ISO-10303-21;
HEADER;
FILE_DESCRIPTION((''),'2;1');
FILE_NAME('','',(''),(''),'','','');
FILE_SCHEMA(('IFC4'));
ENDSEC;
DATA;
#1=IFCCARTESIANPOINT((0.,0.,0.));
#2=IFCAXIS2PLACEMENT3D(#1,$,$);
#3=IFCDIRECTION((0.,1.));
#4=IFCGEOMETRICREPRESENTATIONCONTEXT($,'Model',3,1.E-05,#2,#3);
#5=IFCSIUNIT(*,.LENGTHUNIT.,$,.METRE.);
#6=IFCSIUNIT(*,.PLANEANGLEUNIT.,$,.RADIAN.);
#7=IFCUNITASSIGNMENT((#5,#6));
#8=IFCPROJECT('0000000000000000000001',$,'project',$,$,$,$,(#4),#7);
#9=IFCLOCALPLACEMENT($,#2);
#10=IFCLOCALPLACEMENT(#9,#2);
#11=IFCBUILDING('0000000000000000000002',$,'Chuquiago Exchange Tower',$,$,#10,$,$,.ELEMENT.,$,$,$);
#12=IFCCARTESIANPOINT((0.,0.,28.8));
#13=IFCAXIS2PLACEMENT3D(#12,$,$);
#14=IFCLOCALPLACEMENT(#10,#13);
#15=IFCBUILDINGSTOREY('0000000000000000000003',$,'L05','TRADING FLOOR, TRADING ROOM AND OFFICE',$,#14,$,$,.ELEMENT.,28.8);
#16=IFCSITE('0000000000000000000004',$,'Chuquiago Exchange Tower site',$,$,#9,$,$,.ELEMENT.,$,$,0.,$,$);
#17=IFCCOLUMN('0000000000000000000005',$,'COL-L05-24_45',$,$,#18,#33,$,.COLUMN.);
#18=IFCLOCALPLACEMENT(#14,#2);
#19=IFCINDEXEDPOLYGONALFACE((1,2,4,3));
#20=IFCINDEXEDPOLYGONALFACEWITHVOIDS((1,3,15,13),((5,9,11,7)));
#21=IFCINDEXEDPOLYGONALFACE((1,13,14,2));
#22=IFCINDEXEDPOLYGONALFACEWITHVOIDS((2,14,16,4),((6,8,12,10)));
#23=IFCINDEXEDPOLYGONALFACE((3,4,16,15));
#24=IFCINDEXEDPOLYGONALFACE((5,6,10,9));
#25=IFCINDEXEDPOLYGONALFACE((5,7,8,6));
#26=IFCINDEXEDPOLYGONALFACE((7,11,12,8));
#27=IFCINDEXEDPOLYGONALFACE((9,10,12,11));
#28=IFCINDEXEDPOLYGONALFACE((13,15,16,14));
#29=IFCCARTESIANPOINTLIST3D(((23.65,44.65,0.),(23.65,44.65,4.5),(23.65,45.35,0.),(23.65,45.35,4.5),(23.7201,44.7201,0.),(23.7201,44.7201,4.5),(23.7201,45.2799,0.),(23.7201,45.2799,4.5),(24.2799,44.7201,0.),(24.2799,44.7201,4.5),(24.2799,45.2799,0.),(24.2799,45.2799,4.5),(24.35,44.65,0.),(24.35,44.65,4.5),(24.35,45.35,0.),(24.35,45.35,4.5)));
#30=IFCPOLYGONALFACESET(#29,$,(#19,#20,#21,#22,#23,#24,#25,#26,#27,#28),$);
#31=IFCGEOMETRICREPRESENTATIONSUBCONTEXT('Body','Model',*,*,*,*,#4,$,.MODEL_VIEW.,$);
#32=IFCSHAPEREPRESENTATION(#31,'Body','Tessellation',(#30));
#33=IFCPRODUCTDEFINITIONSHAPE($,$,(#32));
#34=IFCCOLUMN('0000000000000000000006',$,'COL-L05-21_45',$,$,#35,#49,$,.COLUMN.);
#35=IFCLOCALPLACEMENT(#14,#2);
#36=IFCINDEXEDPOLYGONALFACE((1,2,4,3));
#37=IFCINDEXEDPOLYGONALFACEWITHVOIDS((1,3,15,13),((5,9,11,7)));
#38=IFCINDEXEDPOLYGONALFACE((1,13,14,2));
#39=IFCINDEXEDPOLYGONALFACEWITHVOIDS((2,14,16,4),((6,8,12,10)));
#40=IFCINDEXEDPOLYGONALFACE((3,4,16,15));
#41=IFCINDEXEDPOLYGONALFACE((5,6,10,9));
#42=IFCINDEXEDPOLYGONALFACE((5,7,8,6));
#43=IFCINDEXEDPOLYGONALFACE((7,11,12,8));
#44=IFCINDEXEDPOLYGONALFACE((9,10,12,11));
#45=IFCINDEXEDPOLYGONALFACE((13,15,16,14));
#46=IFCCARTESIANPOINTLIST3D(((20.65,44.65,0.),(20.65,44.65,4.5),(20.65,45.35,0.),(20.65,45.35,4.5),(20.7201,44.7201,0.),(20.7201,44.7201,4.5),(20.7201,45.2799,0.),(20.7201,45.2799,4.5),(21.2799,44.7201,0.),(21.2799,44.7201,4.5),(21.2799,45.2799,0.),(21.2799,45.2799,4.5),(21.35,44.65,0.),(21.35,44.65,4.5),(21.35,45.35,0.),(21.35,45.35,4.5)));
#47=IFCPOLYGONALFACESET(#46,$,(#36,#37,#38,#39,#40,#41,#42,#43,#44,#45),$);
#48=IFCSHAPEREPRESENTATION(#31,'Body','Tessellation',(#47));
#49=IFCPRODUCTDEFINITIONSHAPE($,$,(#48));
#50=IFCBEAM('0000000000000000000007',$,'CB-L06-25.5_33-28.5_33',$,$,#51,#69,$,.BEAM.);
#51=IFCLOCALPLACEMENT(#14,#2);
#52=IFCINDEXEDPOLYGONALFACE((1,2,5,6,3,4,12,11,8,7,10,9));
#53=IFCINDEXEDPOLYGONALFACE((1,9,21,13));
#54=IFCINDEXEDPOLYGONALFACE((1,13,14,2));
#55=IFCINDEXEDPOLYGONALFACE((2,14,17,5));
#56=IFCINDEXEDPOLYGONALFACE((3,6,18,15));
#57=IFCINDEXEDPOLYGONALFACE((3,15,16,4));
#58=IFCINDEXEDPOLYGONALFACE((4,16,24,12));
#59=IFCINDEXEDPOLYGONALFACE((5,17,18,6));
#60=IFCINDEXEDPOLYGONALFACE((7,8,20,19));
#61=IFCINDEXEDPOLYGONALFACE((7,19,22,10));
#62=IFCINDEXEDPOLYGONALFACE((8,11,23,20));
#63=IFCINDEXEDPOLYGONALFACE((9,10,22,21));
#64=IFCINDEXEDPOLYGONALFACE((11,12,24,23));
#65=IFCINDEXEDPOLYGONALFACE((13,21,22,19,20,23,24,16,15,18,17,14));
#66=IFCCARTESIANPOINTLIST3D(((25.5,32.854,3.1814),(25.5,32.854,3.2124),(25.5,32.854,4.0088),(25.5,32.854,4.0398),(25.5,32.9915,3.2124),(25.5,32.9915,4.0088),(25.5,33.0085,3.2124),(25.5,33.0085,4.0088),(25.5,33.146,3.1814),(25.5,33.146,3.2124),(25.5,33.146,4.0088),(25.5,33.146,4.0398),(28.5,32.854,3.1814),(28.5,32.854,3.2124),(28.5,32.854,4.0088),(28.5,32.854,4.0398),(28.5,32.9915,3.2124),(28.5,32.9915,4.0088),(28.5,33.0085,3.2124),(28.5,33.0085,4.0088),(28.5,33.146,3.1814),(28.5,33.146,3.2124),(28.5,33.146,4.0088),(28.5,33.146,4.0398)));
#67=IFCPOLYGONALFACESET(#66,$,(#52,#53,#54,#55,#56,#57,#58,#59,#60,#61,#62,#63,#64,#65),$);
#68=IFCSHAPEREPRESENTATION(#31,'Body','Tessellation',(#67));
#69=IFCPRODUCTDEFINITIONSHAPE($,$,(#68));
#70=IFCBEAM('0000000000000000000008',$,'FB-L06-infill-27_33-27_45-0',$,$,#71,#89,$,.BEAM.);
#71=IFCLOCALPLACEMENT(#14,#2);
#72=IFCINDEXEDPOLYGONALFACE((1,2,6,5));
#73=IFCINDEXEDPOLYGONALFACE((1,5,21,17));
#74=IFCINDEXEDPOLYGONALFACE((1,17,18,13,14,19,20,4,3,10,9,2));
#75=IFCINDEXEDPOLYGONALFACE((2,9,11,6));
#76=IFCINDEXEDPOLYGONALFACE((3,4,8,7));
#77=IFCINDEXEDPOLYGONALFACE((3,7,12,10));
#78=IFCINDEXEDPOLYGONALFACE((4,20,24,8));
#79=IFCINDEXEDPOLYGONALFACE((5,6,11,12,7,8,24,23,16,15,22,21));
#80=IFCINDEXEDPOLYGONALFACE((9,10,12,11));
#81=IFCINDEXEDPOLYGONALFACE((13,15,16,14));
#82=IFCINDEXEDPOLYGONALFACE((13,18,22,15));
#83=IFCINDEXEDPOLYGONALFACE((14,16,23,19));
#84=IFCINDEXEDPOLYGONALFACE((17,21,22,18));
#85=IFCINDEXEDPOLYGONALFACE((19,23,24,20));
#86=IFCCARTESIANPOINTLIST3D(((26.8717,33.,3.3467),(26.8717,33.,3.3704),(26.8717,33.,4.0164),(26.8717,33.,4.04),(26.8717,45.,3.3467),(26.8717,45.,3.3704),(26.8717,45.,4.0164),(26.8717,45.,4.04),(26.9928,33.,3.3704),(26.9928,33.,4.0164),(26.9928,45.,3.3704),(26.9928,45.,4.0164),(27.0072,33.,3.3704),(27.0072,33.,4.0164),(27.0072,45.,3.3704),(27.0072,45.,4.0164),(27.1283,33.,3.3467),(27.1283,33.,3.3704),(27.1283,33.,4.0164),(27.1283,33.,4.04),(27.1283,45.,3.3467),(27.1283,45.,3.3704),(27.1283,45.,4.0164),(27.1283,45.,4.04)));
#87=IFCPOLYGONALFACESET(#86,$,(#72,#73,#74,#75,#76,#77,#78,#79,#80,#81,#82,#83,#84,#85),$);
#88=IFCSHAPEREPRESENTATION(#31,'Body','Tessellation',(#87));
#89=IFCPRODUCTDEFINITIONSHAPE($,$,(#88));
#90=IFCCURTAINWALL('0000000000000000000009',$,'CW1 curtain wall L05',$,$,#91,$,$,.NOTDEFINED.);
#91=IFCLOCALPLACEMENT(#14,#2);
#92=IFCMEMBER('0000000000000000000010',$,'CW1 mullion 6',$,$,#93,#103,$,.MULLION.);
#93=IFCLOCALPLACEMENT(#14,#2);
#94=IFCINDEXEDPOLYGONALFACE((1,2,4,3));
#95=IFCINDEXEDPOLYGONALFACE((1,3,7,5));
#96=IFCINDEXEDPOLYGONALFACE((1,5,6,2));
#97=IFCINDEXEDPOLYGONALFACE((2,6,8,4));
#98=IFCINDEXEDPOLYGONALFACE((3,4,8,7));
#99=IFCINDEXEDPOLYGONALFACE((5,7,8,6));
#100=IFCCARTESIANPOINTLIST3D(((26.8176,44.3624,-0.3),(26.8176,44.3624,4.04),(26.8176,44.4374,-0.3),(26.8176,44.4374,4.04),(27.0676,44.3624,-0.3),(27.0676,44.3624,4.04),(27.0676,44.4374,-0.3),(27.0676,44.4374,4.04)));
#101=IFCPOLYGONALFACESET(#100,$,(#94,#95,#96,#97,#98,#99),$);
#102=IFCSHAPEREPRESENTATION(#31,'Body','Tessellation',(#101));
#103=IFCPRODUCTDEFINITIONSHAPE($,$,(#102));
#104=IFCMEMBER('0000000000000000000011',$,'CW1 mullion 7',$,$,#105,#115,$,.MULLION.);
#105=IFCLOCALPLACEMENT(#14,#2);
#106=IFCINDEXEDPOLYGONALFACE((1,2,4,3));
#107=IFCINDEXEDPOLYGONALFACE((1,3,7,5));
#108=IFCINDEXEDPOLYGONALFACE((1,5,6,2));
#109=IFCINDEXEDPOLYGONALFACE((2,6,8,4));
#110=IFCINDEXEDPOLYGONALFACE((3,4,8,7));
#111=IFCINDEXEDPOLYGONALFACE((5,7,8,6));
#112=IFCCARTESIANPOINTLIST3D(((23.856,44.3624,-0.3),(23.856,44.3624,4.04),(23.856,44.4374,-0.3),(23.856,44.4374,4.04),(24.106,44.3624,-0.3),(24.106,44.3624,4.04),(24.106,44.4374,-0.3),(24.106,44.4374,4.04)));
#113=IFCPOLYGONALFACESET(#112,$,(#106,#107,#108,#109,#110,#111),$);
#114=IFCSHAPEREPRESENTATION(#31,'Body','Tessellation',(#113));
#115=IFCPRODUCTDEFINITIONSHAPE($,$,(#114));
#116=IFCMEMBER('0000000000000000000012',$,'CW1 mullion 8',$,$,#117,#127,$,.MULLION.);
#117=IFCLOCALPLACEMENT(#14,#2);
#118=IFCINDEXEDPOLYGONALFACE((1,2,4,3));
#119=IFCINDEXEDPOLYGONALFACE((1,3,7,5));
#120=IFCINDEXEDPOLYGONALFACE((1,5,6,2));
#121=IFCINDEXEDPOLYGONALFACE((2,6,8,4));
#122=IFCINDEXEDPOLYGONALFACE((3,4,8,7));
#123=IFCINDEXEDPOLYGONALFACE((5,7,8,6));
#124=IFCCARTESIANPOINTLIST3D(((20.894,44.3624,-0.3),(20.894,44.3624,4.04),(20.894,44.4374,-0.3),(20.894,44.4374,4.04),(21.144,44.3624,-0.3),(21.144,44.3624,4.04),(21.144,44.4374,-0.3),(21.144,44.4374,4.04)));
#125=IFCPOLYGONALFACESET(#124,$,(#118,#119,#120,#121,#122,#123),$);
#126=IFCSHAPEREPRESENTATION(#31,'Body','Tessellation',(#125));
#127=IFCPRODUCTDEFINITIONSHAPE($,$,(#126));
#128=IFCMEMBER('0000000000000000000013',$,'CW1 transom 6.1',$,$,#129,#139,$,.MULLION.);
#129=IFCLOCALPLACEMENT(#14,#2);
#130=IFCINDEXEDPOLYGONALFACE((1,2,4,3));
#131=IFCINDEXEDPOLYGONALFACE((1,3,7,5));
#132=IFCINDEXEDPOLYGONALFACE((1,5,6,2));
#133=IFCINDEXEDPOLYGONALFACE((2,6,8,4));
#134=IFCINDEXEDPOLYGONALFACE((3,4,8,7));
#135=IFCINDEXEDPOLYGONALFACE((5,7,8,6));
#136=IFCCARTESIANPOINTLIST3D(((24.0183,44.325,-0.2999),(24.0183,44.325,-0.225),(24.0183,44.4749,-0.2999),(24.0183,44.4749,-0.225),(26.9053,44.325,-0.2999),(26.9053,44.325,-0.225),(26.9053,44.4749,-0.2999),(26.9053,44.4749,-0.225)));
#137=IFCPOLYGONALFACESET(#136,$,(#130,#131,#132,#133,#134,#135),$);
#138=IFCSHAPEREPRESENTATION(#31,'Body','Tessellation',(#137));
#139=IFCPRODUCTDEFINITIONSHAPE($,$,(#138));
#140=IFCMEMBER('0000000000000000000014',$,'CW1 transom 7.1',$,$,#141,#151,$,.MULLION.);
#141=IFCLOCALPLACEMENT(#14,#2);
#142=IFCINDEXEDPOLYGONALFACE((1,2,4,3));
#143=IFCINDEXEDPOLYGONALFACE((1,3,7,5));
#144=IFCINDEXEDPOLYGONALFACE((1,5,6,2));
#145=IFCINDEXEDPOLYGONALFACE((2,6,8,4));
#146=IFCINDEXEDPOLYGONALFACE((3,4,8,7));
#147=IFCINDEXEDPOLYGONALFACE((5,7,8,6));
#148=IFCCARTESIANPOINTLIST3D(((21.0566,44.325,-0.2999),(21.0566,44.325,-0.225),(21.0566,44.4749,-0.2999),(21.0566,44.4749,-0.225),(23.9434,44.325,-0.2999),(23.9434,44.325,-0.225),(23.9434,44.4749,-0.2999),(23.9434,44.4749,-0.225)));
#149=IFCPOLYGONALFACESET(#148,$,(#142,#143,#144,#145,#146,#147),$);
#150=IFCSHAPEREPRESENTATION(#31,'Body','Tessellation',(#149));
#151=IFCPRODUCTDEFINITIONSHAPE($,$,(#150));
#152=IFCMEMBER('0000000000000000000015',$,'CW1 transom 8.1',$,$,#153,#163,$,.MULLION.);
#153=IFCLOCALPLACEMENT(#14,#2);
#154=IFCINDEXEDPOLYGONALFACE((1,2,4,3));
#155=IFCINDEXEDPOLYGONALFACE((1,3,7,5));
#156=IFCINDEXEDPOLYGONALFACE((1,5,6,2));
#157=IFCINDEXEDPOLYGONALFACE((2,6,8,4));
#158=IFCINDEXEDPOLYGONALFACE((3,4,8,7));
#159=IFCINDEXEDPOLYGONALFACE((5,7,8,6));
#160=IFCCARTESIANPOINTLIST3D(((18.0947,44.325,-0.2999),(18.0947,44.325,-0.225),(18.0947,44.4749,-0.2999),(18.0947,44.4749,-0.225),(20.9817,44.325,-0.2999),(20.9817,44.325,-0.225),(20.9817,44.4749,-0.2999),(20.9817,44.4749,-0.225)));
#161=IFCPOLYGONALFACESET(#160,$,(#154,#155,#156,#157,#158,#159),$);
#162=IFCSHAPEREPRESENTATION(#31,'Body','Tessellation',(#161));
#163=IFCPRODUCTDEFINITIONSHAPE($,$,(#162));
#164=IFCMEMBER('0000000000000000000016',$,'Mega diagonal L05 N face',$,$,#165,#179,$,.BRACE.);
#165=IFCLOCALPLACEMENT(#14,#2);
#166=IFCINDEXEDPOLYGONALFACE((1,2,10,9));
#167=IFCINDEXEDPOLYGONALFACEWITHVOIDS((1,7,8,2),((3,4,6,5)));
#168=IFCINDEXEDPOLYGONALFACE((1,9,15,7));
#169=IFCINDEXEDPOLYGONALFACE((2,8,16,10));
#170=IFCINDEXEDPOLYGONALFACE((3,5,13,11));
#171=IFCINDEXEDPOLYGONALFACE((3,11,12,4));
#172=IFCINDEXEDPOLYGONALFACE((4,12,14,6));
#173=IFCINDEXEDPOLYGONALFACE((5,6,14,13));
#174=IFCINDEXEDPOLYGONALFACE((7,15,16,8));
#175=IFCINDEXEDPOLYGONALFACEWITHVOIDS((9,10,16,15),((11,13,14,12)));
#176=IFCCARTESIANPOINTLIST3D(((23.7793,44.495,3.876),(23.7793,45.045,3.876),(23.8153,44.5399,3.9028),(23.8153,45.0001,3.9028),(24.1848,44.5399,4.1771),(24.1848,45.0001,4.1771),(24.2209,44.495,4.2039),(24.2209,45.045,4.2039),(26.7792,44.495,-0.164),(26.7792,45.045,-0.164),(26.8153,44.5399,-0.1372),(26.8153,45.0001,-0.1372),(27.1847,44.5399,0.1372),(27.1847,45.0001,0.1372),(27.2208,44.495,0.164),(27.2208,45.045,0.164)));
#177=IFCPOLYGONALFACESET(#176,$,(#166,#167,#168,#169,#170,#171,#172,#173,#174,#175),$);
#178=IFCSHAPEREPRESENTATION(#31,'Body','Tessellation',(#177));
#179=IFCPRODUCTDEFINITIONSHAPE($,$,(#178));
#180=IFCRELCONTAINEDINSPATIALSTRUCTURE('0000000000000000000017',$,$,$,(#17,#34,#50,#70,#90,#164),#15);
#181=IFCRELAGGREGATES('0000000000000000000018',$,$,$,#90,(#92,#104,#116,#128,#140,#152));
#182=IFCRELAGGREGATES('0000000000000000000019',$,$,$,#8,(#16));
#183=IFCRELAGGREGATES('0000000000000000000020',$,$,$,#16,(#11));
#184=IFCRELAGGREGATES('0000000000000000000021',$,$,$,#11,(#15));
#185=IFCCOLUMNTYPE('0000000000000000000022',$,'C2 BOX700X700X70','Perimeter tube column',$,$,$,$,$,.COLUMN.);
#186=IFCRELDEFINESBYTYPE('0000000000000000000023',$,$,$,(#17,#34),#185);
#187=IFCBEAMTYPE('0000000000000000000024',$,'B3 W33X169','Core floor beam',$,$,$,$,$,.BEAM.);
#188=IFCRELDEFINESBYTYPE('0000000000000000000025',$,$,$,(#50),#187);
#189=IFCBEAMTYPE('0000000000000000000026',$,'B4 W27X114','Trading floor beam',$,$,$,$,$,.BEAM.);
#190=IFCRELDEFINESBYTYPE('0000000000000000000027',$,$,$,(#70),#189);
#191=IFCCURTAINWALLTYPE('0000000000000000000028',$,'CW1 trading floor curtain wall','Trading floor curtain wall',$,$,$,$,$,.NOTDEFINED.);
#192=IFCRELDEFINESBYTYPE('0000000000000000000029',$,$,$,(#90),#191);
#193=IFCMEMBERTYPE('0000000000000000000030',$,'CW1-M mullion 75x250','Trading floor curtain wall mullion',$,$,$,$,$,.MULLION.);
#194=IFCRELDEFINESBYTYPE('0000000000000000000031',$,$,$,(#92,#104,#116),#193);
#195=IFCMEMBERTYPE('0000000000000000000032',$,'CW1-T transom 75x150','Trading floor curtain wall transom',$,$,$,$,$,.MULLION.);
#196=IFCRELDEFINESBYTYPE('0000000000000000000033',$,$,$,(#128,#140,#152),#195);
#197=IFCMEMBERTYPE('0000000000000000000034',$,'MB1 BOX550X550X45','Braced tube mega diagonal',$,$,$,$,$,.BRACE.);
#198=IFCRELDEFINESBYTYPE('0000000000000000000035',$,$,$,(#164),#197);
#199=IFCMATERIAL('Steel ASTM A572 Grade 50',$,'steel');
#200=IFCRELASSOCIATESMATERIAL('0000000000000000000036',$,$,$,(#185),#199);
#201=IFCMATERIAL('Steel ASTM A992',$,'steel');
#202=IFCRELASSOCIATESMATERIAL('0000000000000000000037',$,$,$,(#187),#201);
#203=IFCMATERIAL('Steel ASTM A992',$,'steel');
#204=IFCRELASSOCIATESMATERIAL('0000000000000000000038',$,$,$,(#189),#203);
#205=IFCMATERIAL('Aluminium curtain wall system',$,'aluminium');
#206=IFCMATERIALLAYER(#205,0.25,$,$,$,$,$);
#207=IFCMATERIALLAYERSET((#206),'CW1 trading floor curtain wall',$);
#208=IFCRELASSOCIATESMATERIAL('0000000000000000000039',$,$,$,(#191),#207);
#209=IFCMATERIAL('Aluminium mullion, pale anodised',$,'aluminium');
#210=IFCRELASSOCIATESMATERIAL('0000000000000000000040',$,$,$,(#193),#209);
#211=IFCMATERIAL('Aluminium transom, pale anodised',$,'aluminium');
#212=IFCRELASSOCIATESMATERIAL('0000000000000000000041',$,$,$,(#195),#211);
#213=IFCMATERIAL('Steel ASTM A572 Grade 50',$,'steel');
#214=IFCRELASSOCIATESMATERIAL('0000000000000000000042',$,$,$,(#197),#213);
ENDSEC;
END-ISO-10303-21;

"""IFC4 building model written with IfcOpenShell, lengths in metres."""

from ifc_helpers import new_model, si_unit, direction, frame, origin, origin_2d, place, context, subcontext, project, spatial, rectangle, hollow_rectangle, i_section, extrude, material, layer, layer_set, material_profile, profile_set, type_object, element, aggregate, save


model = new_model("IFC4")

# Units and contexts
model_context = context("Model", 3, precision=1e-05, world=origin(), true_north=direction((0.0, 1.0)))
body_context = subcontext(model_context, "Body", "Model", "MODEL_VIEW")
ifc_project = project(units=[si_unit("LENGTHUNIT", "METRE"), si_unit("PLANEANGLEUNIT", "RADIAN")], contexts=[model_context])

# Site, building, storey
site_placement = place(None, origin())
site = spatial("IfcSite", under=ifc_project, at=site_placement, Name="Chuquiago Exchange Tower site", CompositionType="ELEMENT", RefElevation=0.0)
building_placement = place(site_placement, origin())
building = spatial("IfcBuilding", under=site, at=building_placement, Name="Chuquiago Exchange Tower", CompositionType="ELEMENT")
storey_placement = place(building_placement, frame((0.0, 0.0, 28.8)))
storey = spatial("IfcBuildingStorey", under=building, at=storey_placement, Name="L05", Description="TRADING FLOOR, TRADING ROOM AND OFFICE", CompositionType="ELEMENT", Elevation=28.8)

# Columns
ifc_material_1 = material(Name="Steel ASTM A572 Grade 50", Category="steel")
ifc_material_profile_1 = material_profile(ifc_material_1, hollow_rectangle(XDim=0.7, YDim=0.7, WallThickness=0.0701, at=origin_2d()), Name="BOX700X700X70")
ifc_profile_set_1 = profile_set([ifc_material_profile_1], Name="Steel ASTM A572 Grade 50")
column_type = type_object("IfcColumnType", Name="C2 BOX700X700X70", Description="Perimeter tube column", PredefinedType="COLUMN", material=ifc_profile_set_1)
for number, where, z_axis, x_axis, name in (
    (1, (24.0, 45.0, 0.0), (0.0, 0.0, 1.0), (0.0, 1.0, 0.0), "COL-L05-24_45"),
    (2, (21.0, 45.0, 0.0), (0.0, 0.0, 1.0), (0.0, 1.0, 0.0), "COL-L05-21_45"),
):
    element("IfcColumn", number, at=place(storey_placement, frame(where, z_axis=z_axis, x_axis=x_axis)), inside=storey, type_object=column_type, Name=name, PredefinedType="COLUMN", context=body_context, shape_type="SweptSolid", body=[
        extrude(hollow_rectangle(XDim=0.7, YDim=0.7, WallThickness=0.0701, at=origin_2d()), origin(), (0.0, 0.0, 1.0), 4.5),
    ])

# Beams
ifc_material_2 = material(Name="Steel ASTM A992", Category="steel")
ifc_material_profile_2 = material_profile(ifc_material_2, i_section(OverallWidth=0.292, OverallDepth=0.8584, WebThickness=0.0171, FlangeThickness=0.031, at=origin_2d()), Name="W33X169")
ifc_profile_set_2 = profile_set([ifc_material_profile_2], Name="Steel ASTM A992")
beam_type_1 = type_object("IfcBeamType", Name="B3 W33X169", Description="Core floor beam", PredefinedType="BEAM", material=ifc_profile_set_2)
beam_1_placement = place(storey_placement, frame((25.5, 33.0, 3.6106), z_axis=(1.0, 0.0, 0.0), x_axis=(0.0, 1.0, 0.0)))
element("IfcBeam", 3, at=beam_1_placement, inside=storey, type_object=beam_type_1, Name="CB-L06-25.5_33-28.5_33", PredefinedType="BEAM", context=body_context, shape_type="SweptSolid", body=[
    extrude(i_section(OverallWidth=0.292, OverallDepth=0.8584, WebThickness=0.0171, FlangeThickness=0.031, at=origin_2d()), origin(), (0.0, 0.0, 1.0), 3.0),
])
ifc_material_3 = material(Name="Steel ASTM A992", Category="steel")
ifc_material_profile_3 = material_profile(ifc_material_3, i_section(OverallWidth=0.2566, OverallDepth=0.6934, WebThickness=0.0144, FlangeThickness=0.0237, at=origin_2d()), Name="W27X114")
ifc_profile_set_3 = profile_set([ifc_material_profile_3], Name="Steel ASTM A992")
beam_type_2 = type_object("IfcBeamType", Name="B4 W27X114", Description="Trading floor beam", PredefinedType="BEAM", material=ifc_profile_set_3)
beam_2_placement = place(storey_placement, frame((27.0, 33.0, 3.6934), z_axis=(0.0, 1.0, 0.0), x_axis=(-1.0, 0.0, 0.0)))
element("IfcBeam", 4, at=beam_2_placement, inside=storey, type_object=beam_type_2, Name="FB-L06-infill-27_33-27_45-0", PredefinedType="BEAM", context=body_context, shape_type="SweptSolid", body=[
    extrude(i_section(OverallWidth=0.2566, OverallDepth=0.6934, WebThickness=0.0144, FlangeThickness=0.0237, at=origin_2d()), origin(), (0.0, 0.0, 1.0), 12.0),
])

# Curtain wall, members
ifc_material_4 = material(Name="Aluminium curtain wall system", Category="aluminium")
ifc_layer_1 = layer(ifc_material_4, 0.25)
ifc_layer_set_1 = layer_set([ifc_layer_1], Name="CW1 trading floor curtain wall")
curtain_wall_type = type_object("IfcCurtainWallType", Name="CW1 trading floor curtain wall", Description="Trading floor curtain wall", PredefinedType="NOTDEFINED", material=ifc_layer_set_1)
curtain_wall_placement = place(storey_placement, origin())
curtain_wall = element("IfcCurtainWall", 5, at=curtain_wall_placement, inside=storey, type_object=curtain_wall_type, Name="CW1 curtain wall L05", PredefinedType="NOTDEFINED")
ifc_material_5 = material(Name="Aluminium mullion, pale anodised", Category="aluminium")
ifc_material_profile_4 = material_profile(ifc_material_5, rectangle(XDim=0.075, YDim=0.25, at=origin_2d()), Name="AL 75x250")
ifc_profile_set_4 = profile_set([ifc_material_profile_4], Name="Aluminium mullion, pale anodised")
member_type_1 = type_object("IfcMemberType", Name="CW1-M mullion 75x250", Description="Trading floor curtain wall mullion", PredefinedType="MULLION", material=ifc_profile_set_4)
member_1_placement = place(storey_placement, frame((26.9426, 44.3999, -0.3), z_axis=(0.0, 0.0, 1.0), x_axis=(0.0, -1.0, 0.0)))
member_1 = element("IfcMember", 6, at=member_1_placement, type_object=member_type_1, Name="CW1 mullion 6", PredefinedType="MULLION", context=body_context, shape_type="SweptSolid", body=[
    extrude(rectangle(XDim=0.075, YDim=0.25, at=origin_2d()), origin(), (0.0, 0.0, 1.0), 4.3401),
])
member_2_placement = place(storey_placement, frame((23.981, 44.3999, -0.3), z_axis=(0.0, 0.0, 1.0), x_axis=(0.0, -1.0, 0.0)))
member_2 = element("IfcMember", 7, at=member_2_placement, type_object=member_type_1, Name="CW1 mullion 7", PredefinedType="MULLION", context=body_context, shape_type="SweptSolid", body=[
    extrude(rectangle(XDim=0.075, YDim=0.25, at=origin_2d()), origin(), (0.0, 0.0, 1.0), 4.3401),
])
member_3_placement = place(storey_placement, frame((21.019, 44.3999, -0.3), z_axis=(0.0, 0.0, 1.0), x_axis=(0.0, -1.0, 0.0)))
member_3 = element("IfcMember", 8, at=member_3_placement, type_object=member_type_1, Name="CW1 mullion 8", PredefinedType="MULLION", context=body_context, shape_type="SweptSolid", body=[
    extrude(rectangle(XDim=0.075, YDim=0.25, at=origin_2d()), origin(), (0.0, 0.0, 1.0), 4.3401),
])
ifc_material_6 = material(Name="Aluminium transom, pale anodised", Category="aluminium")
ifc_material_profile_5 = material_profile(ifc_material_6, rectangle(XDim=0.1499, YDim=0.075, at=origin_2d()), Name="AL 150x75")
ifc_profile_set_5 = profile_set([ifc_material_profile_5], Name="Aluminium transom, pale anodised")
member_type_2 = type_object("IfcMemberType", Name="CW1-T transom 75x150", Description="Trading floor curtain wall transom", PredefinedType="MULLION", material=ifc_profile_set_5)
member_4_placement = place(storey_placement, frame((26.9053, 44.3999, -0.2625), z_axis=(-1.0, 0.0, 0.0), x_axis=(0.0, -1.0, 0.0)))
member_4 = element("IfcMember", 9, at=member_4_placement, type_object=member_type_2, Name="CW1 transom 6.1", PredefinedType="MULLION", context=body_context, shape_type="SweptSolid", body=[
    extrude(rectangle(XDim=0.1499, YDim=0.075, at=origin_2d()), origin(), (0.0, 0.0, 1.0), 2.887),
])
member_5_placement = place(storey_placement, frame((23.9434, 44.3999, -0.2625), z_axis=(-1.0, 0.0, 0.0), x_axis=(0.0, -1.0, 0.0)))
member_5 = element("IfcMember", 10, at=member_5_placement, type_object=member_type_2, Name="CW1 transom 7.1", PredefinedType="MULLION", context=body_context, shape_type="SweptSolid", body=[
    extrude(rectangle(XDim=0.1499, YDim=0.075, at=origin_2d()), origin(), (0.0, 0.0, 1.0), 2.8867),
])
member_6_placement = place(storey_placement, frame((20.9817, 44.3999, -0.2625), z_axis=(-1.0, 0.0, 0.0), x_axis=(0.0, -1.0, 0.0)))
member_6 = element("IfcMember", 11, at=member_6_placement, type_object=member_type_2, Name="CW1 transom 8.1", PredefinedType="MULLION", context=body_context, shape_type="SweptSolid", body=[
    extrude(rectangle(XDim=0.1499, YDim=0.075, at=origin_2d()), origin(), (0.0, 0.0, 1.0), 2.887),
])

# Member
ifc_material_7 = material(Name="Steel ASTM A572 Grade 50", Category="steel")
ifc_material_profile_6 = material_profile(ifc_material_7, hollow_rectangle(XDim=0.55, YDim=0.55, WallThickness=0.0449, at=origin_2d()), Name="BOX550X550X45")
ifc_profile_set_6 = profile_set([ifc_material_profile_6], Name="Steel ASTM A572 Grade 50")
member_type_3 = type_object("IfcMemberType", Name="MB1 BOX550X550X45", Description="Braced tube mega diagonal", PredefinedType="BRACE", material=ifc_profile_set_6)
for number, where, z_axis, x_axis, name in (
    (12, (27.0, 44.77, 0.0), (-0.596174, 0.0, 0.802855), (0.0, -1.0, 0.0), "Mega diagonal L05 N face"),
):
    element("IfcMember", number, at=place(storey_placement, frame(where, z_axis=z_axis, x_axis=x_axis)), inside=storey, type_object=member_type_3, Name=name, PredefinedType="BRACE", context=body_context, shape_type="SweptSolid", body=[
        extrude(hollow_rectangle(XDim=0.55, YDim=0.55, WallThickness=0.0449, at=origin_2d()), origin(), (0.0, 0.0, 1.0), 5.032),
    ])

aggregate(curtain_wall, [member_1, member_2, member_3, member_4, member_5, member_6])

save(model, "model.ifc")
